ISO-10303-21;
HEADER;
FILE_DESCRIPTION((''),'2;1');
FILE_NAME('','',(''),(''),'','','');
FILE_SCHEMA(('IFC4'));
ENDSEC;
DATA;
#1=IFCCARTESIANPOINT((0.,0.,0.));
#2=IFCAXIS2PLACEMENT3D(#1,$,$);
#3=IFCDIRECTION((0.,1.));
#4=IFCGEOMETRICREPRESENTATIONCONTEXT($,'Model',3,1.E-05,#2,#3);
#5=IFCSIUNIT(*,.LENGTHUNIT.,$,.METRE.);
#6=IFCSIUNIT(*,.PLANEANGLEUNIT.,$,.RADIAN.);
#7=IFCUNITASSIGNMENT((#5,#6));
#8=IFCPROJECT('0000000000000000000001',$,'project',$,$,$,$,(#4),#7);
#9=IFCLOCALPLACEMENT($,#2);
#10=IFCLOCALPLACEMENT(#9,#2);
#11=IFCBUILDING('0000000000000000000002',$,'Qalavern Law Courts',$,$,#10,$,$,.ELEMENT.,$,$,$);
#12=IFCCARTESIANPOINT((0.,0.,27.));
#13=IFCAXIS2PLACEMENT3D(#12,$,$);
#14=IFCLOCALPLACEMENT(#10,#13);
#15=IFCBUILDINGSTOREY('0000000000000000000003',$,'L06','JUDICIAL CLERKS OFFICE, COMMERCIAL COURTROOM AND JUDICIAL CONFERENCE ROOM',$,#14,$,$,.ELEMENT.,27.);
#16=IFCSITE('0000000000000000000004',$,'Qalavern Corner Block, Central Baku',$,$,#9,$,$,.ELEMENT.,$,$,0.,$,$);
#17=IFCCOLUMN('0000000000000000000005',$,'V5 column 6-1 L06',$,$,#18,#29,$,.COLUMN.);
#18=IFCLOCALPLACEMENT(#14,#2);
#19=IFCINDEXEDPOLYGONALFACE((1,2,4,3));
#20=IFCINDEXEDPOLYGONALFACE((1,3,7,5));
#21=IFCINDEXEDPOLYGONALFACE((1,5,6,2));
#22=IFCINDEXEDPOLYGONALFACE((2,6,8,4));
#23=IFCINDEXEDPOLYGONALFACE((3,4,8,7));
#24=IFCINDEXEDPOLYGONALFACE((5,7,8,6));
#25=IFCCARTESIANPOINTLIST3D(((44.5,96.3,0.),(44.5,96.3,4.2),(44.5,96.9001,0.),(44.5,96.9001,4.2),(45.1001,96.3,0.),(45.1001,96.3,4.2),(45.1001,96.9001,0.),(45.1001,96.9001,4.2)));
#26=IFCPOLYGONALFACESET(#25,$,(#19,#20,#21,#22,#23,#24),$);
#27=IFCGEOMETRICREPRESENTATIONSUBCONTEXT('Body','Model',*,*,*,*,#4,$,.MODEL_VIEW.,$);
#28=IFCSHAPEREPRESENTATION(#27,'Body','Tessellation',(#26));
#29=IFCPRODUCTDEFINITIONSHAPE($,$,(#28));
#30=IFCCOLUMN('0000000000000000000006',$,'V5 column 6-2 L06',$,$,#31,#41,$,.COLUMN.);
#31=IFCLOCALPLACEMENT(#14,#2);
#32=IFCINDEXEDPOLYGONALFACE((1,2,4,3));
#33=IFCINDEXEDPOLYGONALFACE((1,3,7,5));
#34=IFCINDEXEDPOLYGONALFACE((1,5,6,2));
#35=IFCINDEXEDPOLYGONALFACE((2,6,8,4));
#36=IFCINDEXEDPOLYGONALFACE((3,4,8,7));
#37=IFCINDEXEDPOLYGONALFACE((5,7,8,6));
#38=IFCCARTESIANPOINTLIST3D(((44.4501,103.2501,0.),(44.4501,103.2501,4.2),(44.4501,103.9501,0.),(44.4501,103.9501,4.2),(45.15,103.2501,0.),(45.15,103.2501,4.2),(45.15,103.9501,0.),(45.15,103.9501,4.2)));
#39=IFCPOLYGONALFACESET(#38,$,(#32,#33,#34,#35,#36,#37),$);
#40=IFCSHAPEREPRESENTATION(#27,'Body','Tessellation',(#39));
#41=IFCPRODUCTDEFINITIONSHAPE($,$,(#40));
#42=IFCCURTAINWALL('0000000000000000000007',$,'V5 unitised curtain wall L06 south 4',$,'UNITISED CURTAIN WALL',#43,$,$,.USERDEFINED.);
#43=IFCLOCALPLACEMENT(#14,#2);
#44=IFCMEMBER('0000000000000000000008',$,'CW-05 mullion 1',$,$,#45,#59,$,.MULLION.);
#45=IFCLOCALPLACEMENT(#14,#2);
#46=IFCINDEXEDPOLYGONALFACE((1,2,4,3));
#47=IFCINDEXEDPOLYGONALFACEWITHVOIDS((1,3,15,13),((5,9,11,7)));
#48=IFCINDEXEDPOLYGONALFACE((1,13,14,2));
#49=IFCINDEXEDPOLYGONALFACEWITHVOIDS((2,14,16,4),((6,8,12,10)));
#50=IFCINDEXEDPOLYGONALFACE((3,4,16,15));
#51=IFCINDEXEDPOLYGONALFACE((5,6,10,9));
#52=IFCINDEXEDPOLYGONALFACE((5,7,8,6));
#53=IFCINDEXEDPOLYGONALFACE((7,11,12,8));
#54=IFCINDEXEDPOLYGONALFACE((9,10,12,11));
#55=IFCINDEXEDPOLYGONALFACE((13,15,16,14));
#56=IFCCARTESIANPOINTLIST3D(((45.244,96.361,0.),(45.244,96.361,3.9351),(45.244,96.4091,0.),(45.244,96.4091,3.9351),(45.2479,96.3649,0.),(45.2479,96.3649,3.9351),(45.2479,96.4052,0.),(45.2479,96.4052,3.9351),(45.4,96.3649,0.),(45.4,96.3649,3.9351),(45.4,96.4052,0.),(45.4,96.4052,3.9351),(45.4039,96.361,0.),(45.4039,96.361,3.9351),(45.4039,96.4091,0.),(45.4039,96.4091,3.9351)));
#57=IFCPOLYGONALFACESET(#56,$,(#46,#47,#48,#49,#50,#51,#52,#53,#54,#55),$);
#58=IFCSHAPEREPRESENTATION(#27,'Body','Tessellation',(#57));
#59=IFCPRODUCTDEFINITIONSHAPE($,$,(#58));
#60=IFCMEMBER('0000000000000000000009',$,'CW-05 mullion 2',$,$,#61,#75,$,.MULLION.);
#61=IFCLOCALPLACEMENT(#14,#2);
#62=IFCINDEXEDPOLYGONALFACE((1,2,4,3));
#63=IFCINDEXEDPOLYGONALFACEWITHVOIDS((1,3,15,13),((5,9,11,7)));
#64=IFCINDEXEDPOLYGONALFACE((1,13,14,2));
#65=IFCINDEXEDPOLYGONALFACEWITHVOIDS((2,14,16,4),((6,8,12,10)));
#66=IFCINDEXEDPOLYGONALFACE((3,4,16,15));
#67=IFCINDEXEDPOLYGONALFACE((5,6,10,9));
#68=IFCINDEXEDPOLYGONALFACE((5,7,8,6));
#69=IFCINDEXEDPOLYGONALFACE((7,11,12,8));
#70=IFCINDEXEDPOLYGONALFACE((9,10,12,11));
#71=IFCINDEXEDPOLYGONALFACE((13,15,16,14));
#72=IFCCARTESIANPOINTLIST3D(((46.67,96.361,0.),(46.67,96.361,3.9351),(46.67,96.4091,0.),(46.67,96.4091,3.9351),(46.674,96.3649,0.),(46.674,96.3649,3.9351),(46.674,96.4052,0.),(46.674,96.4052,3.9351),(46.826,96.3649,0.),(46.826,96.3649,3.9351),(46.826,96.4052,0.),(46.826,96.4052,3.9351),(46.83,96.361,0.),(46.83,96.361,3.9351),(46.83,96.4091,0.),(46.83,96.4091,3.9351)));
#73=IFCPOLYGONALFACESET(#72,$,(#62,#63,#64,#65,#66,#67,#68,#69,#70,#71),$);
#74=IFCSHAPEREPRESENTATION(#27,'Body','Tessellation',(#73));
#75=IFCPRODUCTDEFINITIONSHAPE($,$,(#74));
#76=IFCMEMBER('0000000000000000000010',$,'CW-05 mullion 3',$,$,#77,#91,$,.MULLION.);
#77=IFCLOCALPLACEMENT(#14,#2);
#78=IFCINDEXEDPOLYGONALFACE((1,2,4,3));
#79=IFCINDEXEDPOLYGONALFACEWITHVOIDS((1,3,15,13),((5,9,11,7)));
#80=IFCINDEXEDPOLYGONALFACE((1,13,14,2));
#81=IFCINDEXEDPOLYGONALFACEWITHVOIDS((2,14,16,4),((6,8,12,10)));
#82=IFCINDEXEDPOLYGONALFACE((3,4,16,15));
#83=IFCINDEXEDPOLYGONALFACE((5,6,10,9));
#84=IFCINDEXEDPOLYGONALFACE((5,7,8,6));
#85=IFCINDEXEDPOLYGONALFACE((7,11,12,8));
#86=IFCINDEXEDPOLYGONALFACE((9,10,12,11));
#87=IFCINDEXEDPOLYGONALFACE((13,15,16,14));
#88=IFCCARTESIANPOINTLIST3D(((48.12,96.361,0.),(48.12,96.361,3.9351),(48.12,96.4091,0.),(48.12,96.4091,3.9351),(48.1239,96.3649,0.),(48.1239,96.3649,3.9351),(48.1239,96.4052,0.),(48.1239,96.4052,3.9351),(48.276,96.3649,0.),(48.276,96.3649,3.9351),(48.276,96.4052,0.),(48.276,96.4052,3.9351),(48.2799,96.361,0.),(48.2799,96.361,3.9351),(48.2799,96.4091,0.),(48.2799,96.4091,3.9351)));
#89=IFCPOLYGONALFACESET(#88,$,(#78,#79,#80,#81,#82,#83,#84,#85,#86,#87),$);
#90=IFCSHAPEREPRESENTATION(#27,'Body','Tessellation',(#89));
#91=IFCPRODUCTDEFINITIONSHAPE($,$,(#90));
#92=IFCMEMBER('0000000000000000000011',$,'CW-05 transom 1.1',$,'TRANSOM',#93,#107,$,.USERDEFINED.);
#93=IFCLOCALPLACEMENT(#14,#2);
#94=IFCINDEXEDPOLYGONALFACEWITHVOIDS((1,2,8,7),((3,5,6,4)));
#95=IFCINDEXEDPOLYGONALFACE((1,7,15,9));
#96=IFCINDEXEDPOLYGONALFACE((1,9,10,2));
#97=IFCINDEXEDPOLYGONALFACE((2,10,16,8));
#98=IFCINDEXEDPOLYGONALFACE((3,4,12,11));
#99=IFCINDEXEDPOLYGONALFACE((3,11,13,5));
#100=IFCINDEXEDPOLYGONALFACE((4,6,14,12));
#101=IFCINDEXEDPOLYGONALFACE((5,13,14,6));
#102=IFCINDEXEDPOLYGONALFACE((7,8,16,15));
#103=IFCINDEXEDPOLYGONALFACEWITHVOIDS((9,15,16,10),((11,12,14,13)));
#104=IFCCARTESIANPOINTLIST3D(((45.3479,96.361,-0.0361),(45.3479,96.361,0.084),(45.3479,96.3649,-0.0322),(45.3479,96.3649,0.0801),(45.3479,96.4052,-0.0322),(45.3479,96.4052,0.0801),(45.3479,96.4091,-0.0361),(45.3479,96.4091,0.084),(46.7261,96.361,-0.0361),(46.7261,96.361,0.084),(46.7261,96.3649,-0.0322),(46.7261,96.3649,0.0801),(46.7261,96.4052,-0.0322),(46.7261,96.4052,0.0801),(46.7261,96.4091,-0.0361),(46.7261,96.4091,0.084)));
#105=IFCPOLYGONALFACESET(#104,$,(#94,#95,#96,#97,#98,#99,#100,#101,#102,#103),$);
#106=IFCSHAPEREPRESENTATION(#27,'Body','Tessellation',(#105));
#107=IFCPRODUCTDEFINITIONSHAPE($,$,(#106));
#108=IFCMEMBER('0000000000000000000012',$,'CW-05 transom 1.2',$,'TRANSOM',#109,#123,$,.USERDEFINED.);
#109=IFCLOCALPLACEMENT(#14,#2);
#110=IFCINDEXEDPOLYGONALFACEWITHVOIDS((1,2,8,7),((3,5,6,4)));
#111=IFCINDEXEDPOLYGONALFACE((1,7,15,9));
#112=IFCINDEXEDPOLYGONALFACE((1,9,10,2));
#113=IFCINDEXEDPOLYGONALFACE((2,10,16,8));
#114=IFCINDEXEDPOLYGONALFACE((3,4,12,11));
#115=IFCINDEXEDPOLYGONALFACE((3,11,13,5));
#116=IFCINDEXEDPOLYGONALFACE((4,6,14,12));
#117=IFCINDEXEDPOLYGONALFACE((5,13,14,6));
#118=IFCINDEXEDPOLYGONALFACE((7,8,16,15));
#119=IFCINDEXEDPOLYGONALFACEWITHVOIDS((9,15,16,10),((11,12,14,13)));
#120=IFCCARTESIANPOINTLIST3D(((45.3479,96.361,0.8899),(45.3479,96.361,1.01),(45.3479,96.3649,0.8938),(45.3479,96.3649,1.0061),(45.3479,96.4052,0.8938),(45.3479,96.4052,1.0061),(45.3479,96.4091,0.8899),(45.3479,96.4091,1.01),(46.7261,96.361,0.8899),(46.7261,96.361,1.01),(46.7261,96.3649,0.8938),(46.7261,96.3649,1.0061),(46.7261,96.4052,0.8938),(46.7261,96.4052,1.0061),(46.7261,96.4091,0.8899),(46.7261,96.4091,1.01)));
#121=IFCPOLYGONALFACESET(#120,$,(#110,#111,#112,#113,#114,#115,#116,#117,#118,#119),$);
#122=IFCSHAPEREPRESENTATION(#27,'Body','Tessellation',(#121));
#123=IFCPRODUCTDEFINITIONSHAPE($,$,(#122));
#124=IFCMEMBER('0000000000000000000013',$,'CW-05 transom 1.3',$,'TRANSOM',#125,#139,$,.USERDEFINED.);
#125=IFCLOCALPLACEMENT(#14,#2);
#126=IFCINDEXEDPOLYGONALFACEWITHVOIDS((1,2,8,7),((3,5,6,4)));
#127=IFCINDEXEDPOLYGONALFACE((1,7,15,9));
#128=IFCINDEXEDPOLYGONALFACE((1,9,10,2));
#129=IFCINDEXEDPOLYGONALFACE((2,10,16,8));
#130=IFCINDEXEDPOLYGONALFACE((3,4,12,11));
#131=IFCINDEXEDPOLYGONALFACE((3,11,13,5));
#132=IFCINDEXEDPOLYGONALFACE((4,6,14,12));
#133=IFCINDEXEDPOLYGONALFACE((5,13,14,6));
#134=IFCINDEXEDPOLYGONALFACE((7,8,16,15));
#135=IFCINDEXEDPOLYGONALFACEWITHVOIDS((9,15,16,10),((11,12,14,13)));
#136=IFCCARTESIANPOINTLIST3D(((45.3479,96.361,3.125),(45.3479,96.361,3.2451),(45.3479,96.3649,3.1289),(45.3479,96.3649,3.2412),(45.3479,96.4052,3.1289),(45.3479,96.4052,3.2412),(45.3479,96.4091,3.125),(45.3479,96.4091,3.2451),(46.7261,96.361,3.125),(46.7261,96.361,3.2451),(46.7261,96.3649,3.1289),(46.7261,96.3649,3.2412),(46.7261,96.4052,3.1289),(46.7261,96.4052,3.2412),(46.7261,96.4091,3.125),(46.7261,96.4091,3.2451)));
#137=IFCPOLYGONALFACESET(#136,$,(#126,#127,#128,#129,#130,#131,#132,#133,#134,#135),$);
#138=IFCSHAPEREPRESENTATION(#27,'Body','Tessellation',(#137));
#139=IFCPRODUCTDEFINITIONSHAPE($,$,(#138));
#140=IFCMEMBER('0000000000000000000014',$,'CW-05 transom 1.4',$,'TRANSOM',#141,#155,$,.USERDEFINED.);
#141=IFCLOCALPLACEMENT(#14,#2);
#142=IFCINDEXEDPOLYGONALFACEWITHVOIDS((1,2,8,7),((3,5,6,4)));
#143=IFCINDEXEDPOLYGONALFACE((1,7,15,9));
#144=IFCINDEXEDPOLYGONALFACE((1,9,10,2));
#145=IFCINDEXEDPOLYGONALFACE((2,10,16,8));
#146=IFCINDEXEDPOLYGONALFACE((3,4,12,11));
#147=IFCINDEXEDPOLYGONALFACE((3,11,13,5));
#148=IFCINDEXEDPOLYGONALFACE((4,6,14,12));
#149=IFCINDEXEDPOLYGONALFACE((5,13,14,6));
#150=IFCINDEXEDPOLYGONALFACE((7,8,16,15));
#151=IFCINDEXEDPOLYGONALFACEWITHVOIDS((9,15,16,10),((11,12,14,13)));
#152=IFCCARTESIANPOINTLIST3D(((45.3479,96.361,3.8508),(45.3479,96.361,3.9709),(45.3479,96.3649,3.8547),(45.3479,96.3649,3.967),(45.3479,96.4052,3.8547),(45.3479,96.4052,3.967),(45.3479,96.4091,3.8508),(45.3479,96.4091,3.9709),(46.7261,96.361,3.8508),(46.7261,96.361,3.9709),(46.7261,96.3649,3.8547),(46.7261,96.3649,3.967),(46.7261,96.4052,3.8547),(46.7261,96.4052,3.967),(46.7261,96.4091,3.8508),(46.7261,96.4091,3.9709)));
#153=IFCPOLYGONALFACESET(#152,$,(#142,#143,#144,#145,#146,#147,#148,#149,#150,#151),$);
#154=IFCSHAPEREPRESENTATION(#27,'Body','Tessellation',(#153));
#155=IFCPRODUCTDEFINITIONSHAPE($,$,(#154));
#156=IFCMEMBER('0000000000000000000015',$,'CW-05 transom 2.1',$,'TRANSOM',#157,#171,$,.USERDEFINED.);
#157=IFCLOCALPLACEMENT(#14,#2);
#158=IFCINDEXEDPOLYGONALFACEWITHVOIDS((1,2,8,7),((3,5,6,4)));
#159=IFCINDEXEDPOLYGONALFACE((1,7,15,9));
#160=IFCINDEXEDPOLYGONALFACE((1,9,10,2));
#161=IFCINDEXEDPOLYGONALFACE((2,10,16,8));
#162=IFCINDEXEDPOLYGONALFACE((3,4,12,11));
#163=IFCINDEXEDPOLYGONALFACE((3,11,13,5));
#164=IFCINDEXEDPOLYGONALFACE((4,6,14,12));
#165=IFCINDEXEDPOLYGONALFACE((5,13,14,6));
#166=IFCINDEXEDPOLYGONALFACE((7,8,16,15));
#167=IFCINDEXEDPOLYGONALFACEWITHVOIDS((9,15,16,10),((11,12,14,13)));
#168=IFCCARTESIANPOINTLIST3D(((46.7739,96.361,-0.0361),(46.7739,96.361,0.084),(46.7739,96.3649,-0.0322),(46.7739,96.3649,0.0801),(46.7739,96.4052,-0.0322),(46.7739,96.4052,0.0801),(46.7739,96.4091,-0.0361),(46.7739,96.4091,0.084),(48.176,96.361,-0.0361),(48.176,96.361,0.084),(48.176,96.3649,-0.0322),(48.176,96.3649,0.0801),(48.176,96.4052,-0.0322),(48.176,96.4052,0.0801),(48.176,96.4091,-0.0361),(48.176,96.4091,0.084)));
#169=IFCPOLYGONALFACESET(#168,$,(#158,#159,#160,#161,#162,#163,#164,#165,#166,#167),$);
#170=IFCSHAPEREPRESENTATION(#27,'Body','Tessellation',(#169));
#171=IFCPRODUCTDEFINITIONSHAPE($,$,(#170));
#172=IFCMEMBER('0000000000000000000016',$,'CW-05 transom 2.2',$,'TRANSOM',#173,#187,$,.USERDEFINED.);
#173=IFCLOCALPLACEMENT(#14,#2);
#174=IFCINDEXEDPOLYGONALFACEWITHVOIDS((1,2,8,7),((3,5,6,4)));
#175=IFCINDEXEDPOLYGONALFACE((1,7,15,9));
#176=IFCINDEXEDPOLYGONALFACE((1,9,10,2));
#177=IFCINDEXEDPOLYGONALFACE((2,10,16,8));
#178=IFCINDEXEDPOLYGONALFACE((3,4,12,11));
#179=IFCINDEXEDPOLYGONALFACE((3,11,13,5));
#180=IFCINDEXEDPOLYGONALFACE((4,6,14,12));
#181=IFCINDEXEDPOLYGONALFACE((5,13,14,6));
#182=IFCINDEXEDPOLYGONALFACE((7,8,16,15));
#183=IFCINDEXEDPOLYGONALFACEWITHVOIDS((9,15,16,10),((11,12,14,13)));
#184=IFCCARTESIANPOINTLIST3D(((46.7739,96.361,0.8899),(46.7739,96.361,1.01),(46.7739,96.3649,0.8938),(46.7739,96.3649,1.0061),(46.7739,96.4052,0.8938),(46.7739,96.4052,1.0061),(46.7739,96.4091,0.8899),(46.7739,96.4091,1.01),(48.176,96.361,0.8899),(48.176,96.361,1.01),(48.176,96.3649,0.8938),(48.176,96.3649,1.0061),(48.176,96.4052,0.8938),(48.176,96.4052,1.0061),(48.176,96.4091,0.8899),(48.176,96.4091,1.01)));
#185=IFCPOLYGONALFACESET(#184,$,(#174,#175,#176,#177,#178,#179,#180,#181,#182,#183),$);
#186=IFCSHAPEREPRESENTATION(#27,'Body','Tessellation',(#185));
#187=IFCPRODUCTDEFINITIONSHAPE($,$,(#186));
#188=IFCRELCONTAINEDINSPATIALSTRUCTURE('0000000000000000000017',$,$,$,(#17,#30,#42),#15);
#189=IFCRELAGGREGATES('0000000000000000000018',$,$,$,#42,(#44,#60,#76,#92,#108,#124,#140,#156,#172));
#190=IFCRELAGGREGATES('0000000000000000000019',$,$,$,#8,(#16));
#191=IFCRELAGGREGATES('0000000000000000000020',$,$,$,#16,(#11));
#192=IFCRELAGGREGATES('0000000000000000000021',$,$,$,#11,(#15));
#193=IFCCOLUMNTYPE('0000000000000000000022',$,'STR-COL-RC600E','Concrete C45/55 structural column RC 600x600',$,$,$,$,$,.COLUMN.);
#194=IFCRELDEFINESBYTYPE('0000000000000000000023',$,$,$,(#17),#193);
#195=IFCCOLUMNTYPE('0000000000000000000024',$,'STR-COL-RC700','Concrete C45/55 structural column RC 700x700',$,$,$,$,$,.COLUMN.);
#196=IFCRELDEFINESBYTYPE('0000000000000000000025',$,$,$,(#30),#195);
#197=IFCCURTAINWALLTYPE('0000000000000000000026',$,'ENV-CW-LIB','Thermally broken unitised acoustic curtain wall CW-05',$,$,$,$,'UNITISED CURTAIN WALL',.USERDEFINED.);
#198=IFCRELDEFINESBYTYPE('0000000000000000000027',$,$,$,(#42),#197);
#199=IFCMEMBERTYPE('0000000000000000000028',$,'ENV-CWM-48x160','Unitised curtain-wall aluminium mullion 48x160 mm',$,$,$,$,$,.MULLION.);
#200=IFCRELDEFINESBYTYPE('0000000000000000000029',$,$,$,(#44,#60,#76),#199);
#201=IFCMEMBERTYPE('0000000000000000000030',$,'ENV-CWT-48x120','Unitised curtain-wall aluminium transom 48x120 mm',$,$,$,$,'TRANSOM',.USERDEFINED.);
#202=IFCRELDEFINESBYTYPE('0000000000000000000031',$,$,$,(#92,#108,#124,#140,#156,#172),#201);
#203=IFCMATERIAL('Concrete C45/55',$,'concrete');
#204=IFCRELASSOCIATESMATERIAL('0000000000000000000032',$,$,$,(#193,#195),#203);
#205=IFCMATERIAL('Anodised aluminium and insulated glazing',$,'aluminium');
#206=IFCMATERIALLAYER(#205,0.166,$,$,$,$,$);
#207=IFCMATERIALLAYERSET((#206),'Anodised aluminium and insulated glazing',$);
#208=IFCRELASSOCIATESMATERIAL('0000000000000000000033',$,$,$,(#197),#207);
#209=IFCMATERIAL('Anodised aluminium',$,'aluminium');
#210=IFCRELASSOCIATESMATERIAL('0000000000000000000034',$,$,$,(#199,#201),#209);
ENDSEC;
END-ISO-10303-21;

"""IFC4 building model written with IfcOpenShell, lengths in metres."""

from ifc_helpers import new_model, si_unit, direction, frame, origin, origin_2d, place, context, subcontext, project, spatial, rectangle, hollow_rectangle, extrude, material, layer, layer_set, material_profile, profile_set, type_object, element, aggregate, save


model = new_model("IFC4")

# Units and contexts
model_context = context("Model", 3, precision=1e-05, world=origin(), true_north=direction((0.0, 1.0)))
body_context = subcontext(model_context, "Body", "Model", "MODEL_VIEW")
ifc_project = project(units=[si_unit("LENGTHUNIT", "METRE"), si_unit("PLANEANGLEUNIT", "RADIAN")], contexts=[model_context])

# Site, building, storey
site_placement = place(None, origin())
site = spatial("IfcSite", under=ifc_project, at=site_placement, Name="Qalavern Corner Block, Central Baku", CompositionType="ELEMENT", RefElevation=0.0)
building_placement = place(site_placement, origin())
building = spatial("IfcBuilding", under=site, at=building_placement, Name="Qalavern Law Courts", CompositionType="ELEMENT")
storey_placement = place(building_placement, frame((0.0, 0.0, 27.0)))
storey = spatial("IfcBuildingStorey", under=building, at=storey_placement, Name="L06", Description="JUDICIAL CLERKS OFFICE, COMMERCIAL COURTROOM AND JUDICIAL CONFERENCE ROOM", CompositionType="ELEMENT", Elevation=27.0)

# Columns
ifc_material_1 = material(Name="Concrete C45/55", Category="concrete")
ifc_material_profile_1 = material_profile(ifc_material_1, rectangle(XDim=0.6001, YDim=0.6001, at=origin_2d()), Name="RC 600x600")
ifc_profile_set_1 = profile_set([ifc_material_profile_1], Name="Concrete C45/55")
column_type_1 = type_object("IfcColumnType", Name="STR-COL-RC600E", Description="Concrete C45/55 structural column RC 600x600", PredefinedType="COLUMN", material=ifc_profile_set_1)
column_1_placement = place(storey_placement, frame((44.8, 96.6001, 0.0), z_axis=(0.0, 0.0, 1.0), x_axis=(1.0, 0.0, 0.0)))
element("IfcColumn", 1, at=column_1_placement, inside=storey, type_object=column_type_1, Name="V5 column 6-1 L06", PredefinedType="COLUMN", context=body_context, shape_type="SweptSolid", body=[
    extrude(rectangle(XDim=0.6001, YDim=0.6001, at=origin_2d()), origin(), (0.0, 0.0, 1.0), 4.2),
])
ifc_material_profile_2 = material_profile(ifc_material_1, rectangle(XDim=0.7, YDim=0.7, at=origin_2d()), Name="RC 700x700")
ifc_profile_set_2 = profile_set([ifc_material_profile_2], Name="Concrete C45/55")
column_type_2 = type_object("IfcColumnType", Name="STR-COL-RC700", Description="Concrete C45/55 structural column RC 700x700", PredefinedType="COLUMN", material=ifc_profile_set_2)
column_2_placement = place(storey_placement, frame((44.8, 103.6001, 0.0), z_axis=(0.0, 0.0, 1.0), x_axis=(1.0, 0.0, 0.0)))
element("IfcColumn", 2, at=column_2_placement, inside=storey, type_object=column_type_2, Name="V5 column 6-2 L06", PredefinedType="COLUMN", context=body_context, shape_type="SweptSolid", body=[
    extrude(rectangle(XDim=0.7, YDim=0.7, at=origin_2d()), origin(), (0.0, 0.0, 1.0), 4.2),
])

# Curtain wall, members
ifc_material_2 = material(Name="Anodised aluminium and insulated glazing", Category="aluminium")
ifc_layer_1 = layer(ifc_material_2, 0.166)
ifc_layer_set_1 = layer_set([ifc_layer_1], Name="Anodised aluminium and insulated glazing")
curtain_wall_type = type_object("IfcCurtainWallType", Name="ENV-CW-LIB", Description="Thermally broken unitised acoustic curtain wall CW-05", ElementType="UNITISED CURTAIN WALL", PredefinedType="USERDEFINED", material=ifc_layer_set_1)
curtain_wall_placement = place(storey_placement, origin())
curtain_wall = element("IfcCurtainWall", 3, at=curtain_wall_placement, inside=storey, type_object=curtain_wall_type, Name="V5 unitised curtain wall L06 south 4", ObjectType="UNITISED CURTAIN WALL", PredefinedType="USERDEFINED")
ifc_material_3 = material(Name="Anodised aluminium", Category="aluminium")
ifc_material_profile_3 = material_profile(ifc_material_3, hollow_rectangle(XDim=0.0481, YDim=0.1599, WallThickness=0.0039, at=origin_2d()), Name="ALU MULLION 48x160")
ifc_profile_set_3 = profile_set([ifc_material_profile_3], Name="Anodised aluminium")
member_type_1 = type_object("IfcMemberType", Name="ENV-CWM-48x160", Description="Unitised curtain-wall aluminium mullion 48x160 mm", PredefinedType="MULLION", material=ifc_profile_set_3)
member_1_placement = place(storey_placement, frame((45.324, 96.385, 0.0), z_axis=(0.0, 0.0, 1.0), x_axis=(0.0, 1.0, 0.0)))
member_1 = element("IfcMember", 4, at=member_1_placement, type_object=member_type_1, Name="CW-05 mullion 1", PredefinedType="MULLION", context=body_context, shape_type="SweptSolid", body=[
    extrude(hollow_rectangle(XDim=0.0481, YDim=0.1599, WallThickness=0.0039, at=origin_2d()), origin(), (0.0, 0.0, 1.0), 3.9351),
])
member_2_placement = place(storey_placement, frame((46.75, 96.385, 0.0), z_axis=(0.0, 0.0, 1.0), x_axis=(0.0, 1.0, 0.0)))
member_2 = element("IfcMember", 5, at=member_2_placement, type_object=member_type_1, Name="CW-05 mullion 2", PredefinedType="MULLION", context=body_context, shape_type="SweptSolid", body=[
    extrude(hollow_rectangle(XDim=0.0481, YDim=0.1599, WallThickness=0.0039, at=origin_2d()), origin(), (0.0, 0.0, 1.0), 3.9351),
])
member_3_placement = place(storey_placement, frame((48.2, 96.385, 0.0), z_axis=(0.0, 0.0, 1.0), x_axis=(0.0, 1.0, 0.0)))
member_3 = element("IfcMember", 6, at=member_3_placement, type_object=member_type_1, Name="CW-05 mullion 3", PredefinedType="MULLION", context=body_context, shape_type="SweptSolid", body=[
    extrude(hollow_rectangle(XDim=0.0481, YDim=0.1599, WallThickness=0.0039, at=origin_2d()), origin(), (0.0, 0.0, 1.0), 3.9351),
])
ifc_material_profile_4 = material_profile(ifc_material_3, hollow_rectangle(XDim=0.0481, YDim=0.1201, WallThickness=0.0039, at=origin_2d()), Name="ALU TRANSOM 48x120")
ifc_profile_set_4 = profile_set([ifc_material_profile_4], Name="Anodised aluminium")
member_type_2 = type_object("IfcMemberType", Name="ENV-CWT-48x120", Description="Unitised curtain-wall aluminium transom 48x120 mm", ElementType="TRANSOM", PredefinedType="USERDEFINED", material=ifc_profile_set_4)
member_4_placement = place(storey_placement, frame((45.3479, 96.385, 0.0239), z_axis=(1.0, 0.0, 0.0), x_axis=(0.0, 1.0, 0.0)))
member_4 = element("IfcMember", 7, at=member_4_placement, type_object=member_type_2, Name="CW-05 transom 1.1", ObjectType="TRANSOM", PredefinedType="USERDEFINED", context=body_context, shape_type="SweptSolid", body=[
    extrude(hollow_rectangle(XDim=0.0481, YDim=0.1201, WallThickness=0.0039, at=origin_2d()), origin(), (0.0, 0.0, 1.0), 1.3782),
])
member_5_placement = place(storey_placement, frame((45.3479, 96.385, 0.95), z_axis=(1.0, 0.0, 0.0), x_axis=(0.0, 1.0, 0.0)))
member_5 = element("IfcMember", 8, at=member_5_placement, type_object=member_type_2, Name="CW-05 transom 1.2", ObjectType="TRANSOM", PredefinedType="USERDEFINED", context=body_context, shape_type="SweptSolid", body=[
    extrude(hollow_rectangle(XDim=0.0481, YDim=0.1201, WallThickness=0.0039, at=origin_2d()), origin(), (0.0, 0.0, 1.0), 1.3782),
])
member_6_placement = place(storey_placement, frame((45.3479, 96.385, 3.1851), z_axis=(1.0, 0.0, 0.0), x_axis=(0.0, 1.0, 0.0)))
member_6 = element("IfcMember", 9, at=member_6_placement, type_object=member_type_2, Name="CW-05 transom 1.3", ObjectType="TRANSOM", PredefinedType="USERDEFINED", context=body_context, shape_type="SweptSolid", body=[
    extrude(hollow_rectangle(XDim=0.0481, YDim=0.1201, WallThickness=0.0039, at=origin_2d()), origin(), (0.0, 0.0, 1.0), 1.3782),
])
member_7_placement = place(storey_placement, frame((45.3479, 96.385, 3.9109), z_axis=(1.0, 0.0, 0.0), x_axis=(0.0, 1.0, 0.0)))
member_7 = element("IfcMember", 10, at=member_7_placement, type_object=member_type_2, Name="CW-05 transom 1.4", ObjectType="TRANSOM", PredefinedType="USERDEFINED", context=body_context, shape_type="SweptSolid", body=[
    extrude(hollow_rectangle(XDim=0.0481, YDim=0.1201, WallThickness=0.0039, at=origin_2d()), origin(), (0.0, 0.0, 1.0), 1.3782),
])
member_8_placement = place(storey_placement, frame((46.7739, 96.385, 0.0239), z_axis=(1.0, 0.0, 0.0), x_axis=(0.0, 1.0, 0.0)))
member_8 = element("IfcMember", 11, at=member_8_placement, type_object=member_type_2, Name="CW-05 transom 2.1", ObjectType="TRANSOM", PredefinedType="USERDEFINED", context=body_context, shape_type="SweptSolid", body=[
    extrude(hollow_rectangle(XDim=0.0481, YDim=0.1201, WallThickness=0.0039, at=origin_2d()), origin(), (0.0, 0.0, 1.0), 1.4021),
])
member_9_placement = place(storey_placement, frame((46.7739, 96.385, 0.95), z_axis=(1.0, 0.0, 0.0), x_axis=(0.0, 1.0, 0.0)))
member_9 = element("IfcMember", 12, at=member_9_placement, type_object=member_type_2, Name="CW-05 transom 2.2", ObjectType="TRANSOM", PredefinedType="USERDEFINED", context=body_context, shape_type="SweptSolid", body=[
    extrude(hollow_rectangle(XDim=0.0481, YDim=0.1201, WallThickness=0.0039, at=origin_2d()), origin(), (0.0, 0.0, 1.0), 1.4021),
])

aggregate(curtain_wall, [member_1, member_2, member_3, member_4, member_5, member_6, member_7, member_8, member_9])

save(model, "model.ifc")
